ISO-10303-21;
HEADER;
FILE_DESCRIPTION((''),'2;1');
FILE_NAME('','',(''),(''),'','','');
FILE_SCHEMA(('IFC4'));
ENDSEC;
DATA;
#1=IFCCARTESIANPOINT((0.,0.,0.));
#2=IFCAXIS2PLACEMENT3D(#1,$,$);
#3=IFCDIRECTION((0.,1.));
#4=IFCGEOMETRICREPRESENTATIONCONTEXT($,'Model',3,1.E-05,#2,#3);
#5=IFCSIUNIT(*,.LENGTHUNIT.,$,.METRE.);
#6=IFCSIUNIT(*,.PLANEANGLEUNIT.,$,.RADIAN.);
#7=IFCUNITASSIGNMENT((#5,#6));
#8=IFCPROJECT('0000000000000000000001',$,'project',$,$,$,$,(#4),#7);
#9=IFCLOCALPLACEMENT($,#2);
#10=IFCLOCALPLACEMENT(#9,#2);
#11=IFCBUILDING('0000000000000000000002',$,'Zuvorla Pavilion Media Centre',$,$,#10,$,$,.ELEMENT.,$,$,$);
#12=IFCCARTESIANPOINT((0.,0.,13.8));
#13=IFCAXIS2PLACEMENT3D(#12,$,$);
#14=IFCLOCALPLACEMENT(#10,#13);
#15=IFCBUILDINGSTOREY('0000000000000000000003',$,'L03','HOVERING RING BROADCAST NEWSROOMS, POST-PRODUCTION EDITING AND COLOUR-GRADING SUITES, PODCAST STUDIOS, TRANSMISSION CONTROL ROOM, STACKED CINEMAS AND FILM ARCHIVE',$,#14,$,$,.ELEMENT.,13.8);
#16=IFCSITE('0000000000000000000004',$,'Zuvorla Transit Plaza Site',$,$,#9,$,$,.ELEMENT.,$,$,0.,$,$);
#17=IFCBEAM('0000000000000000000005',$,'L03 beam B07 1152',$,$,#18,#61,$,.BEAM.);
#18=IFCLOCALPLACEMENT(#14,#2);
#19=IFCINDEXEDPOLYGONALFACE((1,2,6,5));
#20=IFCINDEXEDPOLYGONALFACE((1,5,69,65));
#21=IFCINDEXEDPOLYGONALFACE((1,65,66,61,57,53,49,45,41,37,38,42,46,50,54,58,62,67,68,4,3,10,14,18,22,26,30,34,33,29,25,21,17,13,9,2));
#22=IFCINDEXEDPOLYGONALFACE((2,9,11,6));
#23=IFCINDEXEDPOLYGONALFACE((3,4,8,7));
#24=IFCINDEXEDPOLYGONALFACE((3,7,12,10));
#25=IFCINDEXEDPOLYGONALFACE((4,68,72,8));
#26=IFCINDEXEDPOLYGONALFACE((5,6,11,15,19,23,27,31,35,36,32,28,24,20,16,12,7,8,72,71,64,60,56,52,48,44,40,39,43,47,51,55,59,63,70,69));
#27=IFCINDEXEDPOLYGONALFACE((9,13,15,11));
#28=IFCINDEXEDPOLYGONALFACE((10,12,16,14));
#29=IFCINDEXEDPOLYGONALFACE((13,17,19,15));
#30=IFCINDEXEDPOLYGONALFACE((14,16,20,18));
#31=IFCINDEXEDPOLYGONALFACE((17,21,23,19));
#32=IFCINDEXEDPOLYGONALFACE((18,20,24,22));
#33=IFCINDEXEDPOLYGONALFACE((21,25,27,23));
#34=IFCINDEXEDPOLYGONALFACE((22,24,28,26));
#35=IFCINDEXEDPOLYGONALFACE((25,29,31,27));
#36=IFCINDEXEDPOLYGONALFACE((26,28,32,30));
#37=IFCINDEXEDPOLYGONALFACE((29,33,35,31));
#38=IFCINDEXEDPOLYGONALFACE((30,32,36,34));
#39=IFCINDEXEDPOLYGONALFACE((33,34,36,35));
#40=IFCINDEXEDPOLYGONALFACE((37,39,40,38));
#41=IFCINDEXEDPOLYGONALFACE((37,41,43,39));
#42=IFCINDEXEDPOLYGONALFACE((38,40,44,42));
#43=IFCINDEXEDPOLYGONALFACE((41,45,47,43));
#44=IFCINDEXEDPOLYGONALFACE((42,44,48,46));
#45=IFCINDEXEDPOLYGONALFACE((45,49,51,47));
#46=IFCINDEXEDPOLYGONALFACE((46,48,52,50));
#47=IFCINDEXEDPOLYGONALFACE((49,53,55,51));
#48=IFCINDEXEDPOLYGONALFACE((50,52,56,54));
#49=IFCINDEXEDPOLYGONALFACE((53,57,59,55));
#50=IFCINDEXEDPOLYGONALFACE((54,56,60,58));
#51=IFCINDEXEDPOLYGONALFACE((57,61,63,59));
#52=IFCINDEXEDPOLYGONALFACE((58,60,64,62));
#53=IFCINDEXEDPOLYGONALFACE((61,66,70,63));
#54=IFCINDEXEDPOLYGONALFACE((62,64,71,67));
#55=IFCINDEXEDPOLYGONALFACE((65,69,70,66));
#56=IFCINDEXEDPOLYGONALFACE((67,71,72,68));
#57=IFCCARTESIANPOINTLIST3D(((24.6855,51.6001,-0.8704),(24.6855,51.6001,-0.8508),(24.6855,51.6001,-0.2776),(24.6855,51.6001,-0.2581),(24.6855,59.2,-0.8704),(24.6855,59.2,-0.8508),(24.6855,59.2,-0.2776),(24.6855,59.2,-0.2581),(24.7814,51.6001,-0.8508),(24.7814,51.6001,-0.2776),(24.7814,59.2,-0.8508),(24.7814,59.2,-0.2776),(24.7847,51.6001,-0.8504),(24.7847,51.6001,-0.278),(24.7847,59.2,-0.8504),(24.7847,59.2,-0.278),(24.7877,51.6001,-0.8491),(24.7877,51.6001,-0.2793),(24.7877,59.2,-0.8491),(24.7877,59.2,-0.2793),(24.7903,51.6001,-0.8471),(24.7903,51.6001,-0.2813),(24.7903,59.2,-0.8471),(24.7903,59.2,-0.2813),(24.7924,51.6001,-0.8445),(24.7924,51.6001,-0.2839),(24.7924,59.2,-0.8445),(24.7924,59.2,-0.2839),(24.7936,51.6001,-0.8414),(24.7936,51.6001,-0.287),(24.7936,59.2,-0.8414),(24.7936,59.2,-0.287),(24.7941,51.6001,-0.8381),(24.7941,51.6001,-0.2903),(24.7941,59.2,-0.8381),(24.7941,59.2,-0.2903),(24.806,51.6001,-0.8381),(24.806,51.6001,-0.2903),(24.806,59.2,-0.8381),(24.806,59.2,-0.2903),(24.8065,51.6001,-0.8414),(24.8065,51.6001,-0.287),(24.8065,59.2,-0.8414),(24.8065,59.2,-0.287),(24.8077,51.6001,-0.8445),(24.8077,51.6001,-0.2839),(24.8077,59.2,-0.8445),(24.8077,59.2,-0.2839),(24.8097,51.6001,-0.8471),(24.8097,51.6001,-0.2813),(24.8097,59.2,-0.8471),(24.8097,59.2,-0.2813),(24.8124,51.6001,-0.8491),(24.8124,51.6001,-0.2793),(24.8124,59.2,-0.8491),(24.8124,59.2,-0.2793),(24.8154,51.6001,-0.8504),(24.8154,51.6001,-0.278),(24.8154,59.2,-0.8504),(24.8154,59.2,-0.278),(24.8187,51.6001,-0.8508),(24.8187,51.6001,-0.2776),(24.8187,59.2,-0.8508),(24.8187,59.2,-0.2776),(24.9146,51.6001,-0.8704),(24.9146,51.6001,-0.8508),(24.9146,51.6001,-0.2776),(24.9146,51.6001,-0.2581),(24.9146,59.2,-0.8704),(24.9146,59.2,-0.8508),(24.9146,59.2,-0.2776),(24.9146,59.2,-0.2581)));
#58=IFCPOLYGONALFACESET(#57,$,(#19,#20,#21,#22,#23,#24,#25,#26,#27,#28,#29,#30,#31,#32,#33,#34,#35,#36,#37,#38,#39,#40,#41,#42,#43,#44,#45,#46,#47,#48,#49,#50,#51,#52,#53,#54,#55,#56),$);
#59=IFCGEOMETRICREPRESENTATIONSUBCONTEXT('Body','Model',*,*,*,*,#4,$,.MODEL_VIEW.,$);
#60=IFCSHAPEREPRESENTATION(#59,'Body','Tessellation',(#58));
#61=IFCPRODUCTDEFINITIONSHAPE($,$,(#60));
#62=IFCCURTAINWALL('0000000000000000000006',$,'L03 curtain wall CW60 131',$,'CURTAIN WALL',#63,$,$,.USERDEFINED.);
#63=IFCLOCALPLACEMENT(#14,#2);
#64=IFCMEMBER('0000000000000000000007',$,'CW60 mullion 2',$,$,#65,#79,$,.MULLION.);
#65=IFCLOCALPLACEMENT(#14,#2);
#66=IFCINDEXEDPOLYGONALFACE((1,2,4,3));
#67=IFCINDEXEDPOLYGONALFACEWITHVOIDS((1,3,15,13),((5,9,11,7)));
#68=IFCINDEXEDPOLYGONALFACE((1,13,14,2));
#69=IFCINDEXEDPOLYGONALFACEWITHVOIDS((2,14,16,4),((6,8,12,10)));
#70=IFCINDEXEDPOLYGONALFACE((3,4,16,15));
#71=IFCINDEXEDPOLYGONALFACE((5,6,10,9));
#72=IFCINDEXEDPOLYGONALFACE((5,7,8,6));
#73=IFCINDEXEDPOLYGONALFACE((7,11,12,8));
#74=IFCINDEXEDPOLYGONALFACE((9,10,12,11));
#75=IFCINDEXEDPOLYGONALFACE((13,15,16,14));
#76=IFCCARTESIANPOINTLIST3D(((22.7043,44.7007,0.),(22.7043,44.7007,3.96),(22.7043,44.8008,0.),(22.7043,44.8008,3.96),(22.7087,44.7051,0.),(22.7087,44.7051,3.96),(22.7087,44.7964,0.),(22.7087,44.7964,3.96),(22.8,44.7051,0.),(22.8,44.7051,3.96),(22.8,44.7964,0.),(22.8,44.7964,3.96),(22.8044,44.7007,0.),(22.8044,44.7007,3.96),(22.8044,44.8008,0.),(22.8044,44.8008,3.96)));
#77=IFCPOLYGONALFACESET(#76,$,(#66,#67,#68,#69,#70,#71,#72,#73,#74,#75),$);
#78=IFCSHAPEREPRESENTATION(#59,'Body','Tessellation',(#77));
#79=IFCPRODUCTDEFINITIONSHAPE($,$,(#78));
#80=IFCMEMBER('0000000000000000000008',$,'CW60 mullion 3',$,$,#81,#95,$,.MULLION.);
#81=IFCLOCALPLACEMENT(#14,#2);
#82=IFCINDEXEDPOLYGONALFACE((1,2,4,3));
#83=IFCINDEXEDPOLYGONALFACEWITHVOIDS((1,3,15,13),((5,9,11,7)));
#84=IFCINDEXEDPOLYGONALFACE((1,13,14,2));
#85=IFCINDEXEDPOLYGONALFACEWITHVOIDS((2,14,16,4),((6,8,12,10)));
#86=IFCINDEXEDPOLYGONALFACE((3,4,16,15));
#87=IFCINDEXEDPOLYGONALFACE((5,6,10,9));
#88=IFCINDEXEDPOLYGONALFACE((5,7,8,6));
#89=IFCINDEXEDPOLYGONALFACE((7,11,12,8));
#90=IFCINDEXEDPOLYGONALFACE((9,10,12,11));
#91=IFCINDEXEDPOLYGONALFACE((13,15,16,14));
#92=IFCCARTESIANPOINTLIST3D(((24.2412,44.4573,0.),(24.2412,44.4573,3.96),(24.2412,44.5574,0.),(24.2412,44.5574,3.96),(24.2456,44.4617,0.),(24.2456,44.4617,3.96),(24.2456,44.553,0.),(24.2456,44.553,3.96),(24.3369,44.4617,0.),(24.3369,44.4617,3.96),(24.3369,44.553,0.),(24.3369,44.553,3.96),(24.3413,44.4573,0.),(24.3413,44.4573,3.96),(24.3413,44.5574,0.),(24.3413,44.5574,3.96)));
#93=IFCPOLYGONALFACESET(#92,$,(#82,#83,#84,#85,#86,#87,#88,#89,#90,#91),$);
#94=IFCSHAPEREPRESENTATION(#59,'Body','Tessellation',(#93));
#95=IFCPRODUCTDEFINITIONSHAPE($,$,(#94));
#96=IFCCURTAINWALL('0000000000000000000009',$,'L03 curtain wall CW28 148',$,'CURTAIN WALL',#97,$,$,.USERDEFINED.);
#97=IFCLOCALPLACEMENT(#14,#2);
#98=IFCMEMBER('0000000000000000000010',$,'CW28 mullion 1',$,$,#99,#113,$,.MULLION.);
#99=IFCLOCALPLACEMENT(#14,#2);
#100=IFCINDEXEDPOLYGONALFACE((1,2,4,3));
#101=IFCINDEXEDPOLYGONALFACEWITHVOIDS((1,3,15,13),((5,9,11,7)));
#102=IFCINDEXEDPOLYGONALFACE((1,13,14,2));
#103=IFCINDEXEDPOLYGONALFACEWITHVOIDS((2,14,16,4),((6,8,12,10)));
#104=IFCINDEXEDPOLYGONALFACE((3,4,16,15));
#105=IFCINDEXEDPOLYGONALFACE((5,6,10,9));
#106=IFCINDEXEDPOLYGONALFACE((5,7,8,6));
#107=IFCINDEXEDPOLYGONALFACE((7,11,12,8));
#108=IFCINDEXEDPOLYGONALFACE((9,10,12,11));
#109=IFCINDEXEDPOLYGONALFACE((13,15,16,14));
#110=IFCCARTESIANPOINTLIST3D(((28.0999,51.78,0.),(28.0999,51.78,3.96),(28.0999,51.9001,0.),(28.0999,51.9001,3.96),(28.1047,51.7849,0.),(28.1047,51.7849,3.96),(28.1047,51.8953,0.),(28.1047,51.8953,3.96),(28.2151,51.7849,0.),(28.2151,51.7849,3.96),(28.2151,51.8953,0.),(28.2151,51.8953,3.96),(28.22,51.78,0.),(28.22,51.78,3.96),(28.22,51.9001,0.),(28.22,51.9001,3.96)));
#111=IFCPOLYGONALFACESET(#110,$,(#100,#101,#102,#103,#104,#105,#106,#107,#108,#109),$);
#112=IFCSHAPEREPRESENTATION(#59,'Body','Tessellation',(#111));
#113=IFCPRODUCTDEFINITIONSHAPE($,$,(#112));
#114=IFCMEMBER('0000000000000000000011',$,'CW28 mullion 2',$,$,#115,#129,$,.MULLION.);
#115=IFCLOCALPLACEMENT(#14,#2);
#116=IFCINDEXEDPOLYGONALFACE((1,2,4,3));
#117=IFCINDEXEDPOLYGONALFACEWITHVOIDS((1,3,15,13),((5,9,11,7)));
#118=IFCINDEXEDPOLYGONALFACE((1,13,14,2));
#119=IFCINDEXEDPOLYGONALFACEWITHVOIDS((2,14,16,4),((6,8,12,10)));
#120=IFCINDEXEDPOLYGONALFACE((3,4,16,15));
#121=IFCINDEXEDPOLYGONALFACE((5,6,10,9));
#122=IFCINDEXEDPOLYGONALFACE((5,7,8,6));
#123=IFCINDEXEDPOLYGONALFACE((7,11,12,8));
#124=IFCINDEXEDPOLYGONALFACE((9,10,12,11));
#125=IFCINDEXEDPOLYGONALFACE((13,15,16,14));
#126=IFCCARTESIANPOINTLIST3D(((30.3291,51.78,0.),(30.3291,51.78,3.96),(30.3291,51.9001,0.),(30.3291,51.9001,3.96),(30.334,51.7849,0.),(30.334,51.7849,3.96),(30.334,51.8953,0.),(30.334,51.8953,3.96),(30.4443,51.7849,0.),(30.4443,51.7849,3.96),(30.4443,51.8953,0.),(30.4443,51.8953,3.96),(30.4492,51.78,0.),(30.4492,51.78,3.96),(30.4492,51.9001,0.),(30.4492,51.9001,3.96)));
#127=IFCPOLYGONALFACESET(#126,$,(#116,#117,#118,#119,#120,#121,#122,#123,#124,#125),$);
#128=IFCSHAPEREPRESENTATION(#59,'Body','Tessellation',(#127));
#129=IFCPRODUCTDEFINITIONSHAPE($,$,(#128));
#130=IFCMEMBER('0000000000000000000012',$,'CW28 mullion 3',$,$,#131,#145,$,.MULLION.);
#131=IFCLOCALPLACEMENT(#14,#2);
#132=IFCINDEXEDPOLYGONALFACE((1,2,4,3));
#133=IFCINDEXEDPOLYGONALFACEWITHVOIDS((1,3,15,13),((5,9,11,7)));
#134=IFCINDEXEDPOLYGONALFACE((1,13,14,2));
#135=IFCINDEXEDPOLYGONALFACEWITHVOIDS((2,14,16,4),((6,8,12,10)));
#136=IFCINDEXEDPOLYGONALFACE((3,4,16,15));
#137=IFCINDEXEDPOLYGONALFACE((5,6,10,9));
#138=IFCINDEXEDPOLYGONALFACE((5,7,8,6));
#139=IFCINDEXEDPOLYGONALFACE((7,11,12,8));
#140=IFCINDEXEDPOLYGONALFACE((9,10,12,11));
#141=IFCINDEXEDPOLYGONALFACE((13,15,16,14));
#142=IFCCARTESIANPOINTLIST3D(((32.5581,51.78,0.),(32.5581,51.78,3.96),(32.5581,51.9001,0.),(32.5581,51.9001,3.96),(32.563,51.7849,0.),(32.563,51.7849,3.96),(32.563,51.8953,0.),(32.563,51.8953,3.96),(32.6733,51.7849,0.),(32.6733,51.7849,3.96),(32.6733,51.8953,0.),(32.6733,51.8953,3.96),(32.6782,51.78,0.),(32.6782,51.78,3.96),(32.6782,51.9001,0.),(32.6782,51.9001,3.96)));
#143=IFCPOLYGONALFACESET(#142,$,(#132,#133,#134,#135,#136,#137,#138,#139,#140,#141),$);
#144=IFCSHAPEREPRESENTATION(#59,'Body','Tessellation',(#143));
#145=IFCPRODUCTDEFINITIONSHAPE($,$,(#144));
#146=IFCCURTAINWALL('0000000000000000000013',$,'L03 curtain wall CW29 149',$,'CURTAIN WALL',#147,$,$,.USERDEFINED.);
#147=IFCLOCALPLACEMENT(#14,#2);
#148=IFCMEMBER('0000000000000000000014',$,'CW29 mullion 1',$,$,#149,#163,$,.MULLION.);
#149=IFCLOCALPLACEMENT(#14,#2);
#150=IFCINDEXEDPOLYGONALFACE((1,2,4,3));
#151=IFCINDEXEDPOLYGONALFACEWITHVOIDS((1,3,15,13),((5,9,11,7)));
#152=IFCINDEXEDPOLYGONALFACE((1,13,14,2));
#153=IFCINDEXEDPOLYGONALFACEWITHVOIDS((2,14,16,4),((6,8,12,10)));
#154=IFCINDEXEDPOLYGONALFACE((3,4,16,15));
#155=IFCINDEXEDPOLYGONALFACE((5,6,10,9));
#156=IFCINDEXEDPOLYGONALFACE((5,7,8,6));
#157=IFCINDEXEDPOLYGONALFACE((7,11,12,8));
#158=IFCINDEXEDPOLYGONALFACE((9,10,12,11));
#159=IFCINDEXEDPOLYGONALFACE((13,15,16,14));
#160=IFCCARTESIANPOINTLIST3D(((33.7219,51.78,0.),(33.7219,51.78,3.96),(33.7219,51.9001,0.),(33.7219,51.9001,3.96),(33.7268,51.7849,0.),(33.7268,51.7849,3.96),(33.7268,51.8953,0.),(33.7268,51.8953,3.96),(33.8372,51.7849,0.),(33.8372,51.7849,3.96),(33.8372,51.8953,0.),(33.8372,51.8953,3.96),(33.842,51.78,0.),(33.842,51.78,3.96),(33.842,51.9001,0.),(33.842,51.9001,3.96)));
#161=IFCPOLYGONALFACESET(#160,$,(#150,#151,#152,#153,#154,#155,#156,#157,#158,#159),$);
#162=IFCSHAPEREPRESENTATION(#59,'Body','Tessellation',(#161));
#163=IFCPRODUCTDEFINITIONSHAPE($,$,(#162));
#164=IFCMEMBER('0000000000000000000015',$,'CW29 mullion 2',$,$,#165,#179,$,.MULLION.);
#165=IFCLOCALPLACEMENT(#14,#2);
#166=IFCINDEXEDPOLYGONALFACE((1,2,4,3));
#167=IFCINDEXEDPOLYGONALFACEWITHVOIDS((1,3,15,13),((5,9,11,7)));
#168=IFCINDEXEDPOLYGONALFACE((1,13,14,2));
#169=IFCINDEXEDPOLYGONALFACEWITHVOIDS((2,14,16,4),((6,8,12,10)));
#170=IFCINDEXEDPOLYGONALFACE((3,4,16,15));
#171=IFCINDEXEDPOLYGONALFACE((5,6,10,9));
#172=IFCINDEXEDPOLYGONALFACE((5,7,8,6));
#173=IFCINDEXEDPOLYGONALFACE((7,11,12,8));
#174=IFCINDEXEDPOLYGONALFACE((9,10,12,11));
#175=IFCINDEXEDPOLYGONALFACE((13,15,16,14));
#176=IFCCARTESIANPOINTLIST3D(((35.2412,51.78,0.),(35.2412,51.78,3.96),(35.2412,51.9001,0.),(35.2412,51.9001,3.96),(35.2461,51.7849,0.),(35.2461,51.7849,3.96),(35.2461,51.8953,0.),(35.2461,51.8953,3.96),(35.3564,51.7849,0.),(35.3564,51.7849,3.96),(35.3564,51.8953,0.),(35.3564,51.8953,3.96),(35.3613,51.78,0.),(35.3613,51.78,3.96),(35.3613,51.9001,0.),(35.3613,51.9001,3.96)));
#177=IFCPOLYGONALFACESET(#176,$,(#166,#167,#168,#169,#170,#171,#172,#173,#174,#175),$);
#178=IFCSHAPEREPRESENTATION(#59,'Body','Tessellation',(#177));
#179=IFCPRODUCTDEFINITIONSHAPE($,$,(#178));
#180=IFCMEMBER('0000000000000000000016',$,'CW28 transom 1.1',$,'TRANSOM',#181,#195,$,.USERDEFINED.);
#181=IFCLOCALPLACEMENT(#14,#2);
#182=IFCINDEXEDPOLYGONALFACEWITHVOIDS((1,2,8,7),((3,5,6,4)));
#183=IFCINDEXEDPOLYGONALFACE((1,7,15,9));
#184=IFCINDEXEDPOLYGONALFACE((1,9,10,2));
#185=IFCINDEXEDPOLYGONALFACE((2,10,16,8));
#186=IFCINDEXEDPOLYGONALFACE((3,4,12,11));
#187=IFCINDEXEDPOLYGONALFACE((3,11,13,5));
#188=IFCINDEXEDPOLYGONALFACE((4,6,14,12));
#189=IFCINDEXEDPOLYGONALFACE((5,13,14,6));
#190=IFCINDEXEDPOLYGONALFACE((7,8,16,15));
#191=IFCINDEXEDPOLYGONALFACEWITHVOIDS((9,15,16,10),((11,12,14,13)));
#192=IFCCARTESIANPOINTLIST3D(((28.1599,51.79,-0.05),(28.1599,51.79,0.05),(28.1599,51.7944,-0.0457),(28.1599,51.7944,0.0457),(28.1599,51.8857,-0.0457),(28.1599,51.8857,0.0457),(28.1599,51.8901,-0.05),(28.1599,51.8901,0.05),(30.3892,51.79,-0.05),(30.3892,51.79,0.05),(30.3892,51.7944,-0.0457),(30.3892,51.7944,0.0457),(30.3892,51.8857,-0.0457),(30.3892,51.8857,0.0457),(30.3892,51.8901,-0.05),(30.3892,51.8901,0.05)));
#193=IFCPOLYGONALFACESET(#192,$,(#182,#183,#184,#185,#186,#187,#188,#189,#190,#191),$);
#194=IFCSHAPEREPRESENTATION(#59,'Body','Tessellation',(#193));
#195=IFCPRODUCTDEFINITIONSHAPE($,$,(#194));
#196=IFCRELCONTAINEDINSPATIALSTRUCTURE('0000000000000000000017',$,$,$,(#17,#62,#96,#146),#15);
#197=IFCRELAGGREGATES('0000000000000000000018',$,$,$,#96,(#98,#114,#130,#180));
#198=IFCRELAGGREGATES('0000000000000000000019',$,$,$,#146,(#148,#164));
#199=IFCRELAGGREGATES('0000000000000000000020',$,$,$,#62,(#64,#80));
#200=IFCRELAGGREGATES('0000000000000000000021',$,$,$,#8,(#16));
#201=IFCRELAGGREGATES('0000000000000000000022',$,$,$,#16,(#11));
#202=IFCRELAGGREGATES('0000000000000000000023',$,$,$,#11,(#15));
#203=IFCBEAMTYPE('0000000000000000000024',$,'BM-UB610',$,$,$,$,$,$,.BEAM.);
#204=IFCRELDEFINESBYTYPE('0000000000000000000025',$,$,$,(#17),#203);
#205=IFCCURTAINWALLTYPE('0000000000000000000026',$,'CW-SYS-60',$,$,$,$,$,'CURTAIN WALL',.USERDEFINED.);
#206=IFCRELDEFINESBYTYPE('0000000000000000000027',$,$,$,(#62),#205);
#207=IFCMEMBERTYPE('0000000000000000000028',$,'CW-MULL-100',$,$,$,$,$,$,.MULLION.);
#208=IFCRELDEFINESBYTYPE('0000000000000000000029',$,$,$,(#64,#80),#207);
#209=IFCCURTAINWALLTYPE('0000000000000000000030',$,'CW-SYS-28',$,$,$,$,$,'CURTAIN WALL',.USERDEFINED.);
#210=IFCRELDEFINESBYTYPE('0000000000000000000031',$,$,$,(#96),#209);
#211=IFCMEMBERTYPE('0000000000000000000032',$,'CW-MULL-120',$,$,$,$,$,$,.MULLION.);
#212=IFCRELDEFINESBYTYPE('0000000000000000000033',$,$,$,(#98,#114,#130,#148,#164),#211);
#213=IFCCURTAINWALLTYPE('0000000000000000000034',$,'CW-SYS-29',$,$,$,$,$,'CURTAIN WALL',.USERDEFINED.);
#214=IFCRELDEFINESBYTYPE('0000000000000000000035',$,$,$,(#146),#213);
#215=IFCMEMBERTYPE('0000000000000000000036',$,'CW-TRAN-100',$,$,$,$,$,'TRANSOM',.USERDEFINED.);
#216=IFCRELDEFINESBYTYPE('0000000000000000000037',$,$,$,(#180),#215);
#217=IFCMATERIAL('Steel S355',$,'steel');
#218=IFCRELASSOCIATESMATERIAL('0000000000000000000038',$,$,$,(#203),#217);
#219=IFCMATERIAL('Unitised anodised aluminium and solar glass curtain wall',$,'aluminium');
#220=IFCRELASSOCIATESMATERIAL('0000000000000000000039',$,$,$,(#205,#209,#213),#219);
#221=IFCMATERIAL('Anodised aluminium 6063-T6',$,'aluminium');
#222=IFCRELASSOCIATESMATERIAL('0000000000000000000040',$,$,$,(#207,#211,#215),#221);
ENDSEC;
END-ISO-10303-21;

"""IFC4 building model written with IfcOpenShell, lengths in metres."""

from ifc_helpers import new_model, si_unit, direction, frame, origin, origin_2d, place, context, subcontext, project, spatial, hollow_rectangle, i_section, extrude, material, material_profile, profile_set, type_object, element, aggregate, save


model = new_model("IFC4")

# Units and contexts
model_context = context("Model", 3, precision=1e-05, world=origin(), true_north=direction((0.0, 1.0)))
body_context = subcontext(model_context, "Body", "Model", "MODEL_VIEW")
ifc_project = project(units=[si_unit("LENGTHUNIT", "METRE"), si_unit("PLANEANGLEUNIT", "RADIAN")], contexts=[model_context])

# Site, building, storey
site_placement = place(None, origin())
site = spatial("IfcSite", under=ifc_project, at=site_placement, Name="Zuvorla Transit Plaza Site", CompositionType="ELEMENT", RefElevation=0.0)
building_placement = place(site_placement, origin())
building = spatial("IfcBuilding", under=site, at=building_placement, Name="Zuvorla Pavilion Media Centre", CompositionType="ELEMENT")
storey_placement = place(building_placement, frame((0.0, 0.0, 13.8)))
storey = spatial("IfcBuildingStorey", under=building, at=storey_placement, Name="L03", Description="HOVERING RING BROADCAST NEWSROOMS, POST-PRODUCTION EDITING AND COLOUR-GRADING SUITES, PODCAST STUDIOS, TRANSMISSION CONTROL ROOM, STACKED CINEMAS AND FILM ARCHIVE", CompositionType="ELEMENT", Elevation=13.8)

# Shared definitions
ifc_material_1 = material(Name="Steel S355", Category="steel")

# Beam
ifc_material_profile_1 = material_profile(ifc_material_1, i_section(OverallWidth=0.229, OverallDepth=0.6123, WebThickness=0.012, FlangeThickness=0.0195, FilletRadius=0.0127, at=origin_2d()), Name="UB 610x229x125")
ifc_profile_set_1 = profile_set([ifc_material_profile_1], Name="Steel S355")
beam_type_1 = type_object("IfcBeamType", Name="BM-UB610", PredefinedType="BEAM", material=ifc_profile_set_1)
beam_1_placement = place(storey_placement, frame((24.8, 51.6001, -0.5642), z_axis=(0.0, 1.0, 0.0), x_axis=(-1.0, 0.0, 0.0)))
element("IfcBeam", 1, at=beam_1_placement, inside=storey, type_object=beam_type_1, Name="L03 beam B07 1152", PredefinedType="BEAM", context=body_context, shape_type="SweptSolid", body=[
    extrude(i_section(OverallWidth=0.229, OverallDepth=0.6123, WebThickness=0.012, FlangeThickness=0.0195, FilletRadius=0.0127, at=origin_2d()), origin(), (0.0, 0.0, 1.0), 7.5999),
])

# Curtain walls, members
ifc_material_2 = material(Name="Unitised anodised aluminium and solar glass curtain wall", Category="aluminium")
curtain_wall_type_1 = type_object("IfcCurtainWallType", Name="CW-SYS-60", ElementType="CURTAIN WALL", PredefinedType="USERDEFINED", material=ifc_material_2)
curtain_wall_1_placement = place(storey_placement, origin())
curtain_wall_1 = element("IfcCurtainWall", 2, at=curtain_wall_1_placement, inside=storey, type_object=curtain_wall_type_1, Name="L03 curtain wall CW60 131", ObjectType="CURTAIN WALL", PredefinedType="USERDEFINED")
ifc_material_3 = material(Name="Anodised aluminium 6063-T6", Category="aluminium")
ifc_material_profile_2 = material_profile(ifc_material_3, hollow_rectangle(XDim=0.1001, YDim=0.1001, WallThickness=0.0044, at=origin_2d()), Name="ALU MULL 100x100")
ifc_profile_set_2 = profile_set([ifc_material_profile_2], Name="Anodised aluminium 6063-T6")
member_type_1 = type_object("IfcMemberType", Name="CW-MULL-100", PredefinedType="MULLION", material=ifc_profile_set_2)
member_1_placement = place(storey_placement, frame((22.7544, 44.7507, 0.0), z_axis=(0.0, 0.0, 1.0), x_axis=(1.0, 0.0, 0.0)))
member_1 = element("IfcMember", 3, at=member_1_placement, type_object=member_type_1, Name="CW60 mullion 2", PredefinedType="MULLION", context=body_context, shape_type="SweptSolid", body=[
    extrude(hollow_rectangle(XDim=0.1001, YDim=0.1001, WallThickness=0.0044, at=origin_2d()), origin(), (0.0, 0.0, 1.0), 3.96),
])
member_2_placement = place(storey_placement, frame((24.2913, 44.5073, 0.0), z_axis=(0.0, 0.0, 1.0), x_axis=(1.0, 0.0, 0.0)))
member_2 = element("IfcMember", 4, at=member_2_placement, type_object=member_type_1, Name="CW60 mullion 3", PredefinedType="MULLION", context=body_context, shape_type="SweptSolid", body=[
    extrude(hollow_rectangle(XDim=0.1001, YDim=0.1001, WallThickness=0.0044, at=origin_2d()), origin(), (0.0, 0.0, 1.0), 3.96),
])
curtain_wall_type_2 = type_object("IfcCurtainWallType", Name="CW-SYS-28", ElementType="CURTAIN WALL", PredefinedType="USERDEFINED", material=ifc_material_2)
curtain_wall_2_placement = place(storey_placement, origin())
curtain_wall_2 = element("IfcCurtainWall", 5, at=curtain_wall_2_placement, inside=storey, type_object=curtain_wall_type_2, Name="L03 curtain wall CW28 148", ObjectType="CURTAIN WALL", PredefinedType="USERDEFINED")
ifc_material_profile_3 = material_profile(ifc_material_3, hollow_rectangle(XDim=0.1201, YDim=0.1201, WallThickness=0.0049, at=origin_2d()), Name="ALU MULL 120x120")
ifc_profile_set_3 = profile_set([ifc_material_profile_3], Name="Anodised aluminium 6063-T6")
member_type_2 = type_object("IfcMemberType", Name="CW-MULL-120", PredefinedType="MULLION", material=ifc_profile_set_3)
member_3_placement = place(storey_placement, frame((28.1599, 51.8401, 0.0), z_axis=(0.0, 0.0, 1.0), x_axis=(1.0, 0.0, 0.0)))
member_3 = element("IfcMember", 6, at=member_3_placement, type_object=member_type_2, Name="CW28 mullion 1", PredefinedType="MULLION", context=body_context, shape_type="SweptSolid", body=[
    extrude(hollow_rectangle(XDim=0.1201, YDim=0.1201, WallThickness=0.0049, at=origin_2d()), origin(), (0.0, 0.0, 1.0), 3.96),
])
member_4_placement = place(storey_placement, frame((30.3892, 51.8401, 0.0), z_axis=(0.0, 0.0, 1.0), x_axis=(1.0, 0.0, 0.0)))
member_4 = element("IfcMember", 7, at=member_4_placement, type_object=member_type_2, Name="CW28 mullion 2", PredefinedType="MULLION", context=body_context, shape_type="SweptSolid", body=[
    extrude(hollow_rectangle(XDim=0.1201, YDim=0.1201, WallThickness=0.0049, at=origin_2d()), origin(), (0.0, 0.0, 1.0), 3.96),
])
member_5_placement = place(storey_placement, frame((32.6182, 51.8401, 0.0), z_axis=(0.0, 0.0, 1.0), x_axis=(1.0, 0.0, 0.0)))
member_5 = element("IfcMember", 8, at=member_5_placement, type_object=member_type_2, Name="CW28 mullion 3", PredefinedType="MULLION", context=body_context, shape_type="SweptSolid", body=[
    extrude(hollow_rectangle(XDim=0.1201, YDim=0.1201, WallThickness=0.0049, at=origin_2d()), origin(), (0.0, 0.0, 1.0), 3.96),
])
curtain_wall_type_3 = type_object("IfcCurtainWallType", Name="CW-SYS-29", ElementType="CURTAIN WALL", PredefinedType="USERDEFINED", material=ifc_material_2)
curtain_wall_3_placement = place(storey_placement, origin())
curtain_wall_3 = element("IfcCurtainWall", 9, at=curtain_wall_3_placement, inside=storey, type_object=curtain_wall_type_3, Name="L03 curtain wall CW29 149", ObjectType="CURTAIN WALL", PredefinedType="USERDEFINED")
member_6_placement = place(storey_placement, frame((33.782, 51.8401, 0.0), z_axis=(0.0, 0.0, 1.0), x_axis=(1.0, 0.0, 0.0)))
member_6 = element("IfcMember", 10, at=member_6_placement, type_object=member_type_2, Name="CW29 mullion 1", PredefinedType="MULLION", context=body_context, shape_type="SweptSolid", body=[
    extrude(hollow_rectangle(XDim=0.1201, YDim=0.1201, WallThickness=0.0049, at=origin_2d()), origin(), (0.0, 0.0, 1.0), 3.96),
])
member_7_placement = place(storey_placement, frame((35.3013, 51.8401, 0.0), z_axis=(0.0, 0.0, 1.0), x_axis=(1.0, 0.0, 0.0)))
member_7 = element("IfcMember", 11, at=member_7_placement, type_object=member_type_2, Name="CW29 mullion 2", PredefinedType="MULLION", context=body_context, shape_type="SweptSolid", body=[
    extrude(hollow_rectangle(XDim=0.1201, YDim=0.1201, WallThickness=0.0049, at=origin_2d()), origin(), (0.0, 0.0, 1.0), 3.96),
])

# Member
ifc_material_profile_4 = material_profile(ifc_material_3, hollow_rectangle(XDim=0.1001, YDim=0.1001, WallThickness=0.0044, at=origin_2d()), Name="ALU TRAN 100x100")
ifc_profile_set_4 = profile_set([ifc_material_profile_4], Name="Anodised aluminium 6063-T6")
member_type_3 = type_object("IfcMemberType", Name="CW-TRAN-100", ElementType="TRANSOM", PredefinedType="USERDEFINED", material=ifc_profile_set_4)
member_8_placement = place(storey_placement, frame((28.1599, 51.8401, 0.0), z_axis=(1.0, 0.0, 0.0), x_axis=(0.0, 1.0, 0.0)))
member_8 = element("IfcMember", 12, at=member_8_placement, type_object=member_type_3, Name="CW28 transom 1.1", ObjectType="TRANSOM", PredefinedType="USERDEFINED", context=body_context, shape_type="SweptSolid", body=[
    extrude(hollow_rectangle(XDim=0.1001, YDim=0.1001, WallThickness=0.0044, at=origin_2d()), origin(), (0.0, 0.0, 1.0), 2.2292),
])

aggregate(curtain_wall_2, [member_3, member_4, member_5, member_8])
aggregate(curtain_wall_3, [member_6, member_7])
aggregate(curtain_wall_1, [member_1, member_2])

save(model, "model.ifc")
